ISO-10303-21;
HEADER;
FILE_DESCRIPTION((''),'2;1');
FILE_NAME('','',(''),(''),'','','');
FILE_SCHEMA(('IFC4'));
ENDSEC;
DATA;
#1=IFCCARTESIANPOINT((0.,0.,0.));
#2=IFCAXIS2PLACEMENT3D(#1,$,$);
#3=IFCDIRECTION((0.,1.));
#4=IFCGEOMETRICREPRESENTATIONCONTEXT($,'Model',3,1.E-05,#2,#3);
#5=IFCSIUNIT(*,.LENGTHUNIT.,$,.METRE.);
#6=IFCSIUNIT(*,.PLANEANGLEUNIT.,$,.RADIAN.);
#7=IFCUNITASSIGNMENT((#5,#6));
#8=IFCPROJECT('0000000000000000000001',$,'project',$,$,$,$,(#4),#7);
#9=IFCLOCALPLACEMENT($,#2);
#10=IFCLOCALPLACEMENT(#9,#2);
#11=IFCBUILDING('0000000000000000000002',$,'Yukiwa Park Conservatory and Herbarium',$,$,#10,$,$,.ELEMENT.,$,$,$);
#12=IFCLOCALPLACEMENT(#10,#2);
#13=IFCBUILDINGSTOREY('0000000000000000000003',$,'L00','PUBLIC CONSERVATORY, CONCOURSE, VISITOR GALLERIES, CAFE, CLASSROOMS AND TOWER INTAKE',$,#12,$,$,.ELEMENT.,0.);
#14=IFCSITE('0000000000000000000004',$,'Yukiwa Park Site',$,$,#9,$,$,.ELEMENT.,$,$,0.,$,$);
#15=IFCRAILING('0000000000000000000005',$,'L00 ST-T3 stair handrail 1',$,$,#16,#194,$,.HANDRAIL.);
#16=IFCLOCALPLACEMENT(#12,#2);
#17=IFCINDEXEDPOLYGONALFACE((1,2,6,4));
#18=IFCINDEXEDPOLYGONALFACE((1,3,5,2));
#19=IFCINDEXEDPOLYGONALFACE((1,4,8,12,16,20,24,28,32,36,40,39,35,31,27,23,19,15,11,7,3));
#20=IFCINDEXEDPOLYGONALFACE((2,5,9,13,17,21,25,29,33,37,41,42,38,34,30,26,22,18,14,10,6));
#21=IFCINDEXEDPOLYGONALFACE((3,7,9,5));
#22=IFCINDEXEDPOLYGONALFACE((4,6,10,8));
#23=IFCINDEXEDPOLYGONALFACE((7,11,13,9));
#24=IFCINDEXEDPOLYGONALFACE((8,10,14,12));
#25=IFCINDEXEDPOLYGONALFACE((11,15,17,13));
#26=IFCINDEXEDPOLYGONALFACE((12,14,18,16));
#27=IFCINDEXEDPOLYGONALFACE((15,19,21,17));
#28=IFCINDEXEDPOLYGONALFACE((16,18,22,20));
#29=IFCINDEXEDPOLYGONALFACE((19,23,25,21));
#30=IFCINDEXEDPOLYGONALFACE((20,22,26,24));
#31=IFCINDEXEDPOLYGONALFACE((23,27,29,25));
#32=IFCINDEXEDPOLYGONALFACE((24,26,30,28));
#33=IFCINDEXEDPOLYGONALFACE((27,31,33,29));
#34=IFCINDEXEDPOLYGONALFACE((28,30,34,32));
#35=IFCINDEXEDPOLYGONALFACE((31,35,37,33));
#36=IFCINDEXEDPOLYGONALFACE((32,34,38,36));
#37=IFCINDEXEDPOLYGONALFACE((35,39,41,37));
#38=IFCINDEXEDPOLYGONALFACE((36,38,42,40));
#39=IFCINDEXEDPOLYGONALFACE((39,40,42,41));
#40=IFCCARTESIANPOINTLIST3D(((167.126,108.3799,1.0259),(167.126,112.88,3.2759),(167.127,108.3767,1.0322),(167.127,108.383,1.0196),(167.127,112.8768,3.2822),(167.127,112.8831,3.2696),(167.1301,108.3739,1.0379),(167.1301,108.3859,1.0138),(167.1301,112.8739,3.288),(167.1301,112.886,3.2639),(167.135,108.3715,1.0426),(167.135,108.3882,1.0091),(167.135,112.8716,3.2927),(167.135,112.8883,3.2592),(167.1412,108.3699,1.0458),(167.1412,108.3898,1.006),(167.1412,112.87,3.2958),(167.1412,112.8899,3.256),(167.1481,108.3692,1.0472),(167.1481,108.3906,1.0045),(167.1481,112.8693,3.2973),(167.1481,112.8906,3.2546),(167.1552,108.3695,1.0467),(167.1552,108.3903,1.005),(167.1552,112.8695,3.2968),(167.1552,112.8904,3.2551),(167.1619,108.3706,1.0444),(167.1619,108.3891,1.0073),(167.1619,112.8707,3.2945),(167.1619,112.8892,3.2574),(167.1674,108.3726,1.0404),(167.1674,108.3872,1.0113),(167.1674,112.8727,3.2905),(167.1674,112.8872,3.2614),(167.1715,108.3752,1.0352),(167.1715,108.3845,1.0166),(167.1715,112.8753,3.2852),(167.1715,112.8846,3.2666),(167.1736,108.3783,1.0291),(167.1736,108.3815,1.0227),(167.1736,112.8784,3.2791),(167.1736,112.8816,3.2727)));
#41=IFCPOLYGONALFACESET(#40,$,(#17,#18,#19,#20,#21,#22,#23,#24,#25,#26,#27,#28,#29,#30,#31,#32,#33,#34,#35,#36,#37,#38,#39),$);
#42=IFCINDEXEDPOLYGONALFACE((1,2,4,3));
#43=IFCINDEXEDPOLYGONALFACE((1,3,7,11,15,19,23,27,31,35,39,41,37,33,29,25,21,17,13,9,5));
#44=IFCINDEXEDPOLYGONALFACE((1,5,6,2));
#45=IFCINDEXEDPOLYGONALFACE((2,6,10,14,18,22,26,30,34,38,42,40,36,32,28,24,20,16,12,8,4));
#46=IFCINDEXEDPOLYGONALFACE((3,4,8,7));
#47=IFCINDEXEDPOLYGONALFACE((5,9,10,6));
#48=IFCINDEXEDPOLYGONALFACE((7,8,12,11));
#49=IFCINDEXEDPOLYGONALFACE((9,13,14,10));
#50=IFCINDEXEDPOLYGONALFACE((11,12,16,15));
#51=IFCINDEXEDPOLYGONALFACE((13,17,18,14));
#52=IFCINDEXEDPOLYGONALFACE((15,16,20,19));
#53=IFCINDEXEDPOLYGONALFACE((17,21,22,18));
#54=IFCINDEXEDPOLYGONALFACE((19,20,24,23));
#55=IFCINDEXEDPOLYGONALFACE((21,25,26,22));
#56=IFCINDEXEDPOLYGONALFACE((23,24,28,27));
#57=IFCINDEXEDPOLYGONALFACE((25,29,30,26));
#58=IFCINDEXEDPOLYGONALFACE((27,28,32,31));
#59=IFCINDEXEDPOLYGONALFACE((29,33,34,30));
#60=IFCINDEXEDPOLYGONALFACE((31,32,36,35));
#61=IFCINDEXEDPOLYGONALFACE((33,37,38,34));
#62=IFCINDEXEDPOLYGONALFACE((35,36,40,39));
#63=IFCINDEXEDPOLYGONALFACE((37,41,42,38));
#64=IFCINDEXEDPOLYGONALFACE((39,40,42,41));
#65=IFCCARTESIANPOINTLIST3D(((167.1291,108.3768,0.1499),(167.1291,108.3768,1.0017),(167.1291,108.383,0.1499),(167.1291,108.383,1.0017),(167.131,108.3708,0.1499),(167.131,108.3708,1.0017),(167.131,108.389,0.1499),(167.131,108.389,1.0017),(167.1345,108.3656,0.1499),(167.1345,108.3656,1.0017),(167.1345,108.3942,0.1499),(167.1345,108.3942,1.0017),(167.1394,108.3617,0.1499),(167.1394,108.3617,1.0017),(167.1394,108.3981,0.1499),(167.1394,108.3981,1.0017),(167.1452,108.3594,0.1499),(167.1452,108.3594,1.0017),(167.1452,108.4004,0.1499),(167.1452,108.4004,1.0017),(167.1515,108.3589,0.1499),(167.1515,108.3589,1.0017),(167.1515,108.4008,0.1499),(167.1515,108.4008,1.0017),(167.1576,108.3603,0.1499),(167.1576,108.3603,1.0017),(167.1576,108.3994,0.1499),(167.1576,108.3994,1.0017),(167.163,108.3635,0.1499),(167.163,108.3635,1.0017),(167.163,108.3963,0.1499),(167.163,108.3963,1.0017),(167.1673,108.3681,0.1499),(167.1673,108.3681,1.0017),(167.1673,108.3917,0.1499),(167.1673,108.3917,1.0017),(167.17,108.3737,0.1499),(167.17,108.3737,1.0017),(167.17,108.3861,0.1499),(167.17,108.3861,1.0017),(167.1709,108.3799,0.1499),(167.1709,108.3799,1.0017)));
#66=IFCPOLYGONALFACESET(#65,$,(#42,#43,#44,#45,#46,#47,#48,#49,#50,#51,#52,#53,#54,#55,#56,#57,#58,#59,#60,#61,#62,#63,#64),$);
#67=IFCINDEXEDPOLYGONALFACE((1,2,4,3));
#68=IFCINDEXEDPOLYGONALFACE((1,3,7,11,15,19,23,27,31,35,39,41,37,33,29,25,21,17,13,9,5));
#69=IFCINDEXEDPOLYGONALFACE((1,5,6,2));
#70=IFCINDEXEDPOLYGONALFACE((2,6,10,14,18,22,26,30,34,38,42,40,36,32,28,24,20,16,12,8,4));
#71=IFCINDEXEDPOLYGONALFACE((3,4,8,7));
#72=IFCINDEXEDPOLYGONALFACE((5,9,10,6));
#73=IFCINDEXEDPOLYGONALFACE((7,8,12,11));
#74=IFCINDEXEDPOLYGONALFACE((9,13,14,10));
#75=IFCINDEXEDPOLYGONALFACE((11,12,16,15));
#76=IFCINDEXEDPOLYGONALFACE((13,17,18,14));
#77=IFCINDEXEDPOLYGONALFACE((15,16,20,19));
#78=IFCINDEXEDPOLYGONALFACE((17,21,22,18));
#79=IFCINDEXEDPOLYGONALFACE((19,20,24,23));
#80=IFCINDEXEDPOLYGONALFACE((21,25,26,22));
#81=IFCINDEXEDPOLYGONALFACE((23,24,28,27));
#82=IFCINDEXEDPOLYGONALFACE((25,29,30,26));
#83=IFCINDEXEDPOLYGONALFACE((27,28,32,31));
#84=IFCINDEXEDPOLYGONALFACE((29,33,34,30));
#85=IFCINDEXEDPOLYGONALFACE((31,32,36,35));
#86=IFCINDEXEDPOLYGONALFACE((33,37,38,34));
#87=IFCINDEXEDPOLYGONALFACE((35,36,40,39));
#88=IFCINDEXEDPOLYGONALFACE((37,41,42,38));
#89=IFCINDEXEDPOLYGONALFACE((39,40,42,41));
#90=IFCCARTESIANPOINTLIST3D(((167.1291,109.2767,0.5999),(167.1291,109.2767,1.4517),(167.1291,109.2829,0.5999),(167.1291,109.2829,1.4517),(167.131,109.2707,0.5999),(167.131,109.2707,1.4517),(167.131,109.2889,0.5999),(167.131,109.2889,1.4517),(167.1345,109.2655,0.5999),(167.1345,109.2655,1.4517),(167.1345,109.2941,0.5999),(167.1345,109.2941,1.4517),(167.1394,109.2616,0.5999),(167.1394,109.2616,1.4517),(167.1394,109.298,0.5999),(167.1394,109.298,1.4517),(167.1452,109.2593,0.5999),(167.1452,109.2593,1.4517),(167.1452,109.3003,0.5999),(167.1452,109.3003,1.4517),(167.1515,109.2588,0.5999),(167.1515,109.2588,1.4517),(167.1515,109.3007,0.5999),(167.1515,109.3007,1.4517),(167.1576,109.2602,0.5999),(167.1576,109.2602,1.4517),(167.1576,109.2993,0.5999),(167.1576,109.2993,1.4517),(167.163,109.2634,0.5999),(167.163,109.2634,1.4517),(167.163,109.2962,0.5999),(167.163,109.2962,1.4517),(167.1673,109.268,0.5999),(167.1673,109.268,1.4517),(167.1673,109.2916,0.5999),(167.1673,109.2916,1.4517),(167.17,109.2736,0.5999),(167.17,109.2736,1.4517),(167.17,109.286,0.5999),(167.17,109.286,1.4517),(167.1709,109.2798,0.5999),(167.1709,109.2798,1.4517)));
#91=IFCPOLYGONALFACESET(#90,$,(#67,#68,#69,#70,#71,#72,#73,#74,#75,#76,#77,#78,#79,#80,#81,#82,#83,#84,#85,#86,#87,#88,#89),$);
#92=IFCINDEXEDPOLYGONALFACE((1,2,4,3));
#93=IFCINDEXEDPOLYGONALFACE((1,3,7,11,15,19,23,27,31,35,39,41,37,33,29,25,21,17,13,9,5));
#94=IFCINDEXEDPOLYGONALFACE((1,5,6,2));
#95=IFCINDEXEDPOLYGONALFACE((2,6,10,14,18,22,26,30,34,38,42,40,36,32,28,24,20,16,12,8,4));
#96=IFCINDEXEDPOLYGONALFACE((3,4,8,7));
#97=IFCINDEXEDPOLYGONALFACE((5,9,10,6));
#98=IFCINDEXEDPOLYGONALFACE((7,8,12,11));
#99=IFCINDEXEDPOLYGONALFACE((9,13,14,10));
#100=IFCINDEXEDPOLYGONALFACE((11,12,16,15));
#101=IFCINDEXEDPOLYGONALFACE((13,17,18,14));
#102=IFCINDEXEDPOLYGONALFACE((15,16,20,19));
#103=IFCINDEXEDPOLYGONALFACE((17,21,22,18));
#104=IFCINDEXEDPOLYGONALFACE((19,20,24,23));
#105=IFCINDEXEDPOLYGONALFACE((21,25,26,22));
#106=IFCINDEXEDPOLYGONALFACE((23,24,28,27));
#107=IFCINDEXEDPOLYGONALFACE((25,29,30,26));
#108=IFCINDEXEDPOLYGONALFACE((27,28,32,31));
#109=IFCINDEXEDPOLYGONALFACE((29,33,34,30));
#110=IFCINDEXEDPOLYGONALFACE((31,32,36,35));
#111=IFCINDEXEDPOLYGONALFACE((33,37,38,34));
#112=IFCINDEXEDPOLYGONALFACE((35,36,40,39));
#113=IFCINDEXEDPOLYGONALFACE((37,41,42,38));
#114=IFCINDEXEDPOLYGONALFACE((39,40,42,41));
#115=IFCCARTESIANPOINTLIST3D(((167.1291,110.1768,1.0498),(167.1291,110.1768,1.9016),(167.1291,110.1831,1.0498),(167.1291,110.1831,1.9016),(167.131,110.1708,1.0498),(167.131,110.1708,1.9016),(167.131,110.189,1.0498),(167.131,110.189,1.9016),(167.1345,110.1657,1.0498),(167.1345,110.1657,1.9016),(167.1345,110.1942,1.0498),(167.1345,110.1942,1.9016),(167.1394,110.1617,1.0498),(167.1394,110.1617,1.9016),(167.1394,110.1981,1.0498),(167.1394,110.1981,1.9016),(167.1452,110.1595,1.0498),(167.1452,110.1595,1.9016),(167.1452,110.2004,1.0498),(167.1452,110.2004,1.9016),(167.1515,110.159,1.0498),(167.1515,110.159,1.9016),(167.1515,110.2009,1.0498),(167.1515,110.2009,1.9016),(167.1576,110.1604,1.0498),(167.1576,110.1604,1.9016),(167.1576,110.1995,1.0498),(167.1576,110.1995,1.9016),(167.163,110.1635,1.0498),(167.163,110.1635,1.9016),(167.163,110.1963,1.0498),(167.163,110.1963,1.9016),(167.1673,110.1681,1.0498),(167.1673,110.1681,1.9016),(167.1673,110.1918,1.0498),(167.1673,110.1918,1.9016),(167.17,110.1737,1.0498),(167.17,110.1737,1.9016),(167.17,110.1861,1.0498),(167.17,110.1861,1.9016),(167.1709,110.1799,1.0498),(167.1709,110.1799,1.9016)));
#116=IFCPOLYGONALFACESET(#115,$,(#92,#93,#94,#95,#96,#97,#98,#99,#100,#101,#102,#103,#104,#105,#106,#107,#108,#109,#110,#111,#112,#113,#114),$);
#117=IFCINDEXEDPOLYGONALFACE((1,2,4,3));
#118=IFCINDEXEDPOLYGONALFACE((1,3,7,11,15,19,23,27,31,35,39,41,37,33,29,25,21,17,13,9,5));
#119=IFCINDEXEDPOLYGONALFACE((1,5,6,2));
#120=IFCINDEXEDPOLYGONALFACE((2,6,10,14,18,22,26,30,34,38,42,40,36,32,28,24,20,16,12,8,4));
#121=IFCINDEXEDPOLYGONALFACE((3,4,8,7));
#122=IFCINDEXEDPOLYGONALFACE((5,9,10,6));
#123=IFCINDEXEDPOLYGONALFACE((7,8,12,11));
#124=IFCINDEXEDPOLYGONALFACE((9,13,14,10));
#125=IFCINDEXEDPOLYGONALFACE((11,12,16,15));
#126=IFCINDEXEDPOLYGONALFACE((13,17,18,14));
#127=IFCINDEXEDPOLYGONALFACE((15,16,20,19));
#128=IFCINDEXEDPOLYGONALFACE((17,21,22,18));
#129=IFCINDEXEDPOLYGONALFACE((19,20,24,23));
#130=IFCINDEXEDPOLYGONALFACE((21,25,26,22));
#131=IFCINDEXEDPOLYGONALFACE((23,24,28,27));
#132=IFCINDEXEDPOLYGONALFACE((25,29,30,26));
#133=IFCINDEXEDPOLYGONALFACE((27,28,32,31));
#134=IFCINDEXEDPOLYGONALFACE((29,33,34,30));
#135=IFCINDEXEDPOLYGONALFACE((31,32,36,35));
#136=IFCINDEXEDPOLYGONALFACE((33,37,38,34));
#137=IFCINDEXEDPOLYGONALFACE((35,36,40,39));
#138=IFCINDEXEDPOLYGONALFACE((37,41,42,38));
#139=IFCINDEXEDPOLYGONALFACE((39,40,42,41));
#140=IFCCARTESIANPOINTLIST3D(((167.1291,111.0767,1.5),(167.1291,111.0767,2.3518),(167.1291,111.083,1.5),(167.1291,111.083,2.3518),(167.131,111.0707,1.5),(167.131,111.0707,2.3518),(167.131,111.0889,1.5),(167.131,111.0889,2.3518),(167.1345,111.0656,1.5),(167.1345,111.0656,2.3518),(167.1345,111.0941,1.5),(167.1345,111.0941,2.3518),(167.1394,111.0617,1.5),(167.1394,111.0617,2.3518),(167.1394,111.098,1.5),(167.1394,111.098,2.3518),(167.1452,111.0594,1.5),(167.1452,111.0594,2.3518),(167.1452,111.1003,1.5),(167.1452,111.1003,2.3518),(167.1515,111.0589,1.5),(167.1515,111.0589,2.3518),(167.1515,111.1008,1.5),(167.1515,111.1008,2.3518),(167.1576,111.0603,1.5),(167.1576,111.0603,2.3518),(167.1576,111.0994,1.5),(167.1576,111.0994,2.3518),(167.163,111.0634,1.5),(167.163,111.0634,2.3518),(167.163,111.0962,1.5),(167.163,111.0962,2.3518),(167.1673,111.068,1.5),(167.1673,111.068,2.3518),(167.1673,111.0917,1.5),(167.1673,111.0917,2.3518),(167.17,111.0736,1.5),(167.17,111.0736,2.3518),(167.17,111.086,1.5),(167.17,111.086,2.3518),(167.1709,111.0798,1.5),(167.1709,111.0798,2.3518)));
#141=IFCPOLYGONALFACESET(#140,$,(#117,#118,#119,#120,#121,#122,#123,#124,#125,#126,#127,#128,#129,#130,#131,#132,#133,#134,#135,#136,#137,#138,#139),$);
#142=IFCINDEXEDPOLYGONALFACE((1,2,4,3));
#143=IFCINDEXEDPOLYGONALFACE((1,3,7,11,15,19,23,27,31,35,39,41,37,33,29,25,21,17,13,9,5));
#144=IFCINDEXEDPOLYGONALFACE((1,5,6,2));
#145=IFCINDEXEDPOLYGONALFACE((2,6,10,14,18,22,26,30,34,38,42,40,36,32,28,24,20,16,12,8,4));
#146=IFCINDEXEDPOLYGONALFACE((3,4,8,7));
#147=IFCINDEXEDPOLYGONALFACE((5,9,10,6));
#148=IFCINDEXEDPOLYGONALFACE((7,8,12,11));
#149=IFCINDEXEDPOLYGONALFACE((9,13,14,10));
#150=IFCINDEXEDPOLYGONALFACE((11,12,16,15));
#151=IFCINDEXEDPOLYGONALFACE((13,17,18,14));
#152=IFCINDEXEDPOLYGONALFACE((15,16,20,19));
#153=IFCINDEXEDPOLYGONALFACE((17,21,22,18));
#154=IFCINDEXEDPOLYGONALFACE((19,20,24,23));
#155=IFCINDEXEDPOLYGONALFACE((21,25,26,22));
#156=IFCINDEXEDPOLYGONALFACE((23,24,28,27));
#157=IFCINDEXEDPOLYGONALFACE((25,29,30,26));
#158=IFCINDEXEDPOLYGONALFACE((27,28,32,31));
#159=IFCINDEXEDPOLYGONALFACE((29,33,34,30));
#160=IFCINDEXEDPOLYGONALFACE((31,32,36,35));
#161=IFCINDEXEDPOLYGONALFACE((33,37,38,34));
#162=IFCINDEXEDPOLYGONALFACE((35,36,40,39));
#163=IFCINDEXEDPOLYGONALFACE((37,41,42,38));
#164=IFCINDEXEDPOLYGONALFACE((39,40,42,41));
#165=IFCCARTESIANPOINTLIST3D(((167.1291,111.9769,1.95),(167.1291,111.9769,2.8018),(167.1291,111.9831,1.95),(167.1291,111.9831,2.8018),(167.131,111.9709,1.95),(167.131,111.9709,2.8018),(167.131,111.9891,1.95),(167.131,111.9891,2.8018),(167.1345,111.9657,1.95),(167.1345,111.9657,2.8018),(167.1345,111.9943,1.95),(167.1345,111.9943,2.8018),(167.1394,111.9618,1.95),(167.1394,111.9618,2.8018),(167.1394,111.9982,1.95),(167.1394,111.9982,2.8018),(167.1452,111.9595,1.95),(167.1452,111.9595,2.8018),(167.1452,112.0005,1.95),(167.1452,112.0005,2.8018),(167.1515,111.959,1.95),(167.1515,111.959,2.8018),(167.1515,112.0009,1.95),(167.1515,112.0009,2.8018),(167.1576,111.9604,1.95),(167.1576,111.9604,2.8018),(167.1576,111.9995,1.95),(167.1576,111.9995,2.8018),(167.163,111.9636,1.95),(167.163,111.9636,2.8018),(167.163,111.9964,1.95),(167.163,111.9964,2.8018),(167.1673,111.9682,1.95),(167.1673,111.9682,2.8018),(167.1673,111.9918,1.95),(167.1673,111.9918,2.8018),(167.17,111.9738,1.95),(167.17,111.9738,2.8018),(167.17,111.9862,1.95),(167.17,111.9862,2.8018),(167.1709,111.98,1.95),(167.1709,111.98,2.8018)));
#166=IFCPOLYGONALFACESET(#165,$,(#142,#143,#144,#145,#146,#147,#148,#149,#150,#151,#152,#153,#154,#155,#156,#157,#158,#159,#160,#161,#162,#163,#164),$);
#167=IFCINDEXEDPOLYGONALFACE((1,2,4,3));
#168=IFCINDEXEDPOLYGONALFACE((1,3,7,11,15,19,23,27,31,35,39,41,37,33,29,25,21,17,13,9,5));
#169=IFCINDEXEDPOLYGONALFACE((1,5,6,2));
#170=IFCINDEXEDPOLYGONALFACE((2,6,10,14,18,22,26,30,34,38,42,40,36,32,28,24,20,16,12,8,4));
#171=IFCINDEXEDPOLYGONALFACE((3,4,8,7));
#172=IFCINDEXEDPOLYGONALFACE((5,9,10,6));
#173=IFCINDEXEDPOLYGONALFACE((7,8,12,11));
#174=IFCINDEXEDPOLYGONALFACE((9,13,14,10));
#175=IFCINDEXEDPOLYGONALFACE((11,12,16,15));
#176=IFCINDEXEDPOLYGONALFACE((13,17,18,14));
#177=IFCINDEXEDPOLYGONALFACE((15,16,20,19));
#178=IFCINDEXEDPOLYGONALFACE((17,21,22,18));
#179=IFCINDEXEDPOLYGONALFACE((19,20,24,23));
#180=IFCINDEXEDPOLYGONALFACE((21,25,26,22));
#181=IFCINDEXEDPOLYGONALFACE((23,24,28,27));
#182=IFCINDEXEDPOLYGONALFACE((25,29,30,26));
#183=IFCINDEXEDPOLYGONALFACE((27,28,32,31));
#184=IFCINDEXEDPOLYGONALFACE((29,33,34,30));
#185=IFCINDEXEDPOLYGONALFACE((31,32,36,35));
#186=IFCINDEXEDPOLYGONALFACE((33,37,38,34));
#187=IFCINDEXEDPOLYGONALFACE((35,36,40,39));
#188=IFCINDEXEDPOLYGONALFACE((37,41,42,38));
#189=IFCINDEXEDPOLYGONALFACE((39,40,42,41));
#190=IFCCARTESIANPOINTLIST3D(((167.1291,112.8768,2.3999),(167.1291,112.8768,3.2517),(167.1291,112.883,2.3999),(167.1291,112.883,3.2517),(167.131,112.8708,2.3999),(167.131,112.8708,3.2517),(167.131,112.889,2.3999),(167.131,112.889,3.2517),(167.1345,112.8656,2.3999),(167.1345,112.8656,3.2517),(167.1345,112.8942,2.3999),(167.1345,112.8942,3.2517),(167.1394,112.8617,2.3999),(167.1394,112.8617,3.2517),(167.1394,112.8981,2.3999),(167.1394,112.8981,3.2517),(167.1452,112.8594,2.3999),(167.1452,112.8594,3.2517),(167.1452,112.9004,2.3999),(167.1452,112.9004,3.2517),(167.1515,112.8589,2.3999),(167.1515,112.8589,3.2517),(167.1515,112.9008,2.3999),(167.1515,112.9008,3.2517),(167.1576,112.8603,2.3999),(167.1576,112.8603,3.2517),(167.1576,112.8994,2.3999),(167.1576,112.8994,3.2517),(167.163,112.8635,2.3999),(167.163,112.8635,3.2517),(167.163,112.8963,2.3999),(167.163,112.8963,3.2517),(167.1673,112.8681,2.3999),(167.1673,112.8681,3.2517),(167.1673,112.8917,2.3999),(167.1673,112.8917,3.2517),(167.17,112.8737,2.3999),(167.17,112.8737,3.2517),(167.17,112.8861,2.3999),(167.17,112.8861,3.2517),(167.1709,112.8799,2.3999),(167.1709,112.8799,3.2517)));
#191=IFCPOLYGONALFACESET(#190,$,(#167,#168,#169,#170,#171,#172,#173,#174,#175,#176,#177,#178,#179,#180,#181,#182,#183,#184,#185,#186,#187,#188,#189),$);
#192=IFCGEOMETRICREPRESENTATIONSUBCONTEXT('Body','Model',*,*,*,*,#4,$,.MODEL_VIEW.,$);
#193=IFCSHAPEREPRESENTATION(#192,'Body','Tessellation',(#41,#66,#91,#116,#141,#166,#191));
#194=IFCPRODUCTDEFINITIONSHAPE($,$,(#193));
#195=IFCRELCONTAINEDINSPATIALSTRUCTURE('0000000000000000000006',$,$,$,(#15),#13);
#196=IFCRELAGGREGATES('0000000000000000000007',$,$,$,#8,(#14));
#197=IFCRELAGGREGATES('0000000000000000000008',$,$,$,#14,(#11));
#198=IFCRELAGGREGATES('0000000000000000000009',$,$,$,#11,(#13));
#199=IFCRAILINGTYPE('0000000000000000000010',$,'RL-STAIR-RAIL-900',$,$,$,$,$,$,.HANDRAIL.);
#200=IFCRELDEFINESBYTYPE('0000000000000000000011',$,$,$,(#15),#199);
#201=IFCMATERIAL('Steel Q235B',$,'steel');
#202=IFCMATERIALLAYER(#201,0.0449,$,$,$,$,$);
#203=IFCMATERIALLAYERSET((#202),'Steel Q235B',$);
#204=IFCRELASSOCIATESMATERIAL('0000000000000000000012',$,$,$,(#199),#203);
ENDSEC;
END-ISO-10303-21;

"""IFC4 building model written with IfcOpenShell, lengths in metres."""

from ifc_helpers import new_model, si_unit, direction, frame, origin, origin_2d, place, context, subcontext, project, spatial, circle, extrude, material, layer, layer_set, type_object, element, save


model = new_model("IFC4")

# Units and contexts
model_context = context("Model", 3, precision=1e-05, world=origin(), true_north=direction((0.0, 1.0)))
body_context = subcontext(model_context, "Body", "Model", "MODEL_VIEW")
ifc_project = project(units=[si_unit("LENGTHUNIT", "METRE"), si_unit("PLANEANGLEUNIT", "RADIAN")], contexts=[model_context])

# Site, building, storey
site_placement = place(None, origin())
site = spatial("IfcSite", under=ifc_project, at=site_placement, Name="Yukiwa Park Site", CompositionType="ELEMENT", RefElevation=0.0)
building_placement = place(site_placement, origin())
building = spatial("IfcBuilding", under=site, at=building_placement, Name="Yukiwa Park Conservatory and Herbarium", CompositionType="ELEMENT")
storey_placement = place(building_placement, origin())
storey = spatial("IfcBuildingStorey", under=building, at=storey_placement, Name="L00", Description="PUBLIC CONSERVATORY, CONCOURSE, VISITOR GALLERIES, CAFE, CLASSROOMS AND TOWER INTAKE", CompositionType="ELEMENT", Elevation=0.0)

# Railing
ifc_material_1 = material(Name="Steel Q235B", Category="steel")
ifc_layer_1 = layer(ifc_material_1, 0.0449)
ifc_layer_set_1 = layer_set([ifc_layer_1], Name="Steel Q235B")
railing_type_1 = type_object("IfcRailingType", Name="RL-STAIR-RAIL-900", PredefinedType="HANDRAIL", material=ifc_layer_set_1)
railing_1_placement = place(storey_placement, frame((167.1499, 108.3799, 0.1499)))
element("IfcRailing", 1, at=railing_1_placement, inside=storey, type_object=railing_type_1, Name="L00 ST-T3 stair handrail 1", PredefinedType="HANDRAIL", context=body_context, shape_type="SweptSolid", body=[
    extrude(circle(Radius=0.0239, at=origin_2d()), frame((0.0, 0.0, 0.876), z_axis=(0.0, 0.894427, 0.447214), x_axis=(-1.0, 0.0, 0.0)), (0.0, 0.0, 1.0), 5.0312),
    extrude(circle(Radius=0.021, at=origin_2d()), origin(), (0.0, 0.0, 1.0), 0.8518),
    extrude(circle(Radius=0.021, at=origin_2d()), frame((0.0, 0.8999, 0.45)), (0.0, 0.0, 1.0), 0.8518),
    extrude(circle(Radius=0.021, at=origin_2d()), frame((0.0, 1.8, 0.8999)), (0.0, 0.0, 1.0), 0.8518),
    extrude(circle(Radius=0.021, at=origin_2d()), frame((0.0, 2.7, 1.3501)), (0.0, 0.0, 1.0), 0.8518),
    extrude(circle(Radius=0.021, at=origin_2d()), frame((0.0, 3.6001, 1.8)), (0.0, 0.0, 1.0), 0.8518),
    extrude(circle(Radius=0.021, at=origin_2d()), frame((0.0, 4.5, 2.25)), (0.0, 0.0, 1.0), 0.8518),
])

save(model, "model.ifc")
